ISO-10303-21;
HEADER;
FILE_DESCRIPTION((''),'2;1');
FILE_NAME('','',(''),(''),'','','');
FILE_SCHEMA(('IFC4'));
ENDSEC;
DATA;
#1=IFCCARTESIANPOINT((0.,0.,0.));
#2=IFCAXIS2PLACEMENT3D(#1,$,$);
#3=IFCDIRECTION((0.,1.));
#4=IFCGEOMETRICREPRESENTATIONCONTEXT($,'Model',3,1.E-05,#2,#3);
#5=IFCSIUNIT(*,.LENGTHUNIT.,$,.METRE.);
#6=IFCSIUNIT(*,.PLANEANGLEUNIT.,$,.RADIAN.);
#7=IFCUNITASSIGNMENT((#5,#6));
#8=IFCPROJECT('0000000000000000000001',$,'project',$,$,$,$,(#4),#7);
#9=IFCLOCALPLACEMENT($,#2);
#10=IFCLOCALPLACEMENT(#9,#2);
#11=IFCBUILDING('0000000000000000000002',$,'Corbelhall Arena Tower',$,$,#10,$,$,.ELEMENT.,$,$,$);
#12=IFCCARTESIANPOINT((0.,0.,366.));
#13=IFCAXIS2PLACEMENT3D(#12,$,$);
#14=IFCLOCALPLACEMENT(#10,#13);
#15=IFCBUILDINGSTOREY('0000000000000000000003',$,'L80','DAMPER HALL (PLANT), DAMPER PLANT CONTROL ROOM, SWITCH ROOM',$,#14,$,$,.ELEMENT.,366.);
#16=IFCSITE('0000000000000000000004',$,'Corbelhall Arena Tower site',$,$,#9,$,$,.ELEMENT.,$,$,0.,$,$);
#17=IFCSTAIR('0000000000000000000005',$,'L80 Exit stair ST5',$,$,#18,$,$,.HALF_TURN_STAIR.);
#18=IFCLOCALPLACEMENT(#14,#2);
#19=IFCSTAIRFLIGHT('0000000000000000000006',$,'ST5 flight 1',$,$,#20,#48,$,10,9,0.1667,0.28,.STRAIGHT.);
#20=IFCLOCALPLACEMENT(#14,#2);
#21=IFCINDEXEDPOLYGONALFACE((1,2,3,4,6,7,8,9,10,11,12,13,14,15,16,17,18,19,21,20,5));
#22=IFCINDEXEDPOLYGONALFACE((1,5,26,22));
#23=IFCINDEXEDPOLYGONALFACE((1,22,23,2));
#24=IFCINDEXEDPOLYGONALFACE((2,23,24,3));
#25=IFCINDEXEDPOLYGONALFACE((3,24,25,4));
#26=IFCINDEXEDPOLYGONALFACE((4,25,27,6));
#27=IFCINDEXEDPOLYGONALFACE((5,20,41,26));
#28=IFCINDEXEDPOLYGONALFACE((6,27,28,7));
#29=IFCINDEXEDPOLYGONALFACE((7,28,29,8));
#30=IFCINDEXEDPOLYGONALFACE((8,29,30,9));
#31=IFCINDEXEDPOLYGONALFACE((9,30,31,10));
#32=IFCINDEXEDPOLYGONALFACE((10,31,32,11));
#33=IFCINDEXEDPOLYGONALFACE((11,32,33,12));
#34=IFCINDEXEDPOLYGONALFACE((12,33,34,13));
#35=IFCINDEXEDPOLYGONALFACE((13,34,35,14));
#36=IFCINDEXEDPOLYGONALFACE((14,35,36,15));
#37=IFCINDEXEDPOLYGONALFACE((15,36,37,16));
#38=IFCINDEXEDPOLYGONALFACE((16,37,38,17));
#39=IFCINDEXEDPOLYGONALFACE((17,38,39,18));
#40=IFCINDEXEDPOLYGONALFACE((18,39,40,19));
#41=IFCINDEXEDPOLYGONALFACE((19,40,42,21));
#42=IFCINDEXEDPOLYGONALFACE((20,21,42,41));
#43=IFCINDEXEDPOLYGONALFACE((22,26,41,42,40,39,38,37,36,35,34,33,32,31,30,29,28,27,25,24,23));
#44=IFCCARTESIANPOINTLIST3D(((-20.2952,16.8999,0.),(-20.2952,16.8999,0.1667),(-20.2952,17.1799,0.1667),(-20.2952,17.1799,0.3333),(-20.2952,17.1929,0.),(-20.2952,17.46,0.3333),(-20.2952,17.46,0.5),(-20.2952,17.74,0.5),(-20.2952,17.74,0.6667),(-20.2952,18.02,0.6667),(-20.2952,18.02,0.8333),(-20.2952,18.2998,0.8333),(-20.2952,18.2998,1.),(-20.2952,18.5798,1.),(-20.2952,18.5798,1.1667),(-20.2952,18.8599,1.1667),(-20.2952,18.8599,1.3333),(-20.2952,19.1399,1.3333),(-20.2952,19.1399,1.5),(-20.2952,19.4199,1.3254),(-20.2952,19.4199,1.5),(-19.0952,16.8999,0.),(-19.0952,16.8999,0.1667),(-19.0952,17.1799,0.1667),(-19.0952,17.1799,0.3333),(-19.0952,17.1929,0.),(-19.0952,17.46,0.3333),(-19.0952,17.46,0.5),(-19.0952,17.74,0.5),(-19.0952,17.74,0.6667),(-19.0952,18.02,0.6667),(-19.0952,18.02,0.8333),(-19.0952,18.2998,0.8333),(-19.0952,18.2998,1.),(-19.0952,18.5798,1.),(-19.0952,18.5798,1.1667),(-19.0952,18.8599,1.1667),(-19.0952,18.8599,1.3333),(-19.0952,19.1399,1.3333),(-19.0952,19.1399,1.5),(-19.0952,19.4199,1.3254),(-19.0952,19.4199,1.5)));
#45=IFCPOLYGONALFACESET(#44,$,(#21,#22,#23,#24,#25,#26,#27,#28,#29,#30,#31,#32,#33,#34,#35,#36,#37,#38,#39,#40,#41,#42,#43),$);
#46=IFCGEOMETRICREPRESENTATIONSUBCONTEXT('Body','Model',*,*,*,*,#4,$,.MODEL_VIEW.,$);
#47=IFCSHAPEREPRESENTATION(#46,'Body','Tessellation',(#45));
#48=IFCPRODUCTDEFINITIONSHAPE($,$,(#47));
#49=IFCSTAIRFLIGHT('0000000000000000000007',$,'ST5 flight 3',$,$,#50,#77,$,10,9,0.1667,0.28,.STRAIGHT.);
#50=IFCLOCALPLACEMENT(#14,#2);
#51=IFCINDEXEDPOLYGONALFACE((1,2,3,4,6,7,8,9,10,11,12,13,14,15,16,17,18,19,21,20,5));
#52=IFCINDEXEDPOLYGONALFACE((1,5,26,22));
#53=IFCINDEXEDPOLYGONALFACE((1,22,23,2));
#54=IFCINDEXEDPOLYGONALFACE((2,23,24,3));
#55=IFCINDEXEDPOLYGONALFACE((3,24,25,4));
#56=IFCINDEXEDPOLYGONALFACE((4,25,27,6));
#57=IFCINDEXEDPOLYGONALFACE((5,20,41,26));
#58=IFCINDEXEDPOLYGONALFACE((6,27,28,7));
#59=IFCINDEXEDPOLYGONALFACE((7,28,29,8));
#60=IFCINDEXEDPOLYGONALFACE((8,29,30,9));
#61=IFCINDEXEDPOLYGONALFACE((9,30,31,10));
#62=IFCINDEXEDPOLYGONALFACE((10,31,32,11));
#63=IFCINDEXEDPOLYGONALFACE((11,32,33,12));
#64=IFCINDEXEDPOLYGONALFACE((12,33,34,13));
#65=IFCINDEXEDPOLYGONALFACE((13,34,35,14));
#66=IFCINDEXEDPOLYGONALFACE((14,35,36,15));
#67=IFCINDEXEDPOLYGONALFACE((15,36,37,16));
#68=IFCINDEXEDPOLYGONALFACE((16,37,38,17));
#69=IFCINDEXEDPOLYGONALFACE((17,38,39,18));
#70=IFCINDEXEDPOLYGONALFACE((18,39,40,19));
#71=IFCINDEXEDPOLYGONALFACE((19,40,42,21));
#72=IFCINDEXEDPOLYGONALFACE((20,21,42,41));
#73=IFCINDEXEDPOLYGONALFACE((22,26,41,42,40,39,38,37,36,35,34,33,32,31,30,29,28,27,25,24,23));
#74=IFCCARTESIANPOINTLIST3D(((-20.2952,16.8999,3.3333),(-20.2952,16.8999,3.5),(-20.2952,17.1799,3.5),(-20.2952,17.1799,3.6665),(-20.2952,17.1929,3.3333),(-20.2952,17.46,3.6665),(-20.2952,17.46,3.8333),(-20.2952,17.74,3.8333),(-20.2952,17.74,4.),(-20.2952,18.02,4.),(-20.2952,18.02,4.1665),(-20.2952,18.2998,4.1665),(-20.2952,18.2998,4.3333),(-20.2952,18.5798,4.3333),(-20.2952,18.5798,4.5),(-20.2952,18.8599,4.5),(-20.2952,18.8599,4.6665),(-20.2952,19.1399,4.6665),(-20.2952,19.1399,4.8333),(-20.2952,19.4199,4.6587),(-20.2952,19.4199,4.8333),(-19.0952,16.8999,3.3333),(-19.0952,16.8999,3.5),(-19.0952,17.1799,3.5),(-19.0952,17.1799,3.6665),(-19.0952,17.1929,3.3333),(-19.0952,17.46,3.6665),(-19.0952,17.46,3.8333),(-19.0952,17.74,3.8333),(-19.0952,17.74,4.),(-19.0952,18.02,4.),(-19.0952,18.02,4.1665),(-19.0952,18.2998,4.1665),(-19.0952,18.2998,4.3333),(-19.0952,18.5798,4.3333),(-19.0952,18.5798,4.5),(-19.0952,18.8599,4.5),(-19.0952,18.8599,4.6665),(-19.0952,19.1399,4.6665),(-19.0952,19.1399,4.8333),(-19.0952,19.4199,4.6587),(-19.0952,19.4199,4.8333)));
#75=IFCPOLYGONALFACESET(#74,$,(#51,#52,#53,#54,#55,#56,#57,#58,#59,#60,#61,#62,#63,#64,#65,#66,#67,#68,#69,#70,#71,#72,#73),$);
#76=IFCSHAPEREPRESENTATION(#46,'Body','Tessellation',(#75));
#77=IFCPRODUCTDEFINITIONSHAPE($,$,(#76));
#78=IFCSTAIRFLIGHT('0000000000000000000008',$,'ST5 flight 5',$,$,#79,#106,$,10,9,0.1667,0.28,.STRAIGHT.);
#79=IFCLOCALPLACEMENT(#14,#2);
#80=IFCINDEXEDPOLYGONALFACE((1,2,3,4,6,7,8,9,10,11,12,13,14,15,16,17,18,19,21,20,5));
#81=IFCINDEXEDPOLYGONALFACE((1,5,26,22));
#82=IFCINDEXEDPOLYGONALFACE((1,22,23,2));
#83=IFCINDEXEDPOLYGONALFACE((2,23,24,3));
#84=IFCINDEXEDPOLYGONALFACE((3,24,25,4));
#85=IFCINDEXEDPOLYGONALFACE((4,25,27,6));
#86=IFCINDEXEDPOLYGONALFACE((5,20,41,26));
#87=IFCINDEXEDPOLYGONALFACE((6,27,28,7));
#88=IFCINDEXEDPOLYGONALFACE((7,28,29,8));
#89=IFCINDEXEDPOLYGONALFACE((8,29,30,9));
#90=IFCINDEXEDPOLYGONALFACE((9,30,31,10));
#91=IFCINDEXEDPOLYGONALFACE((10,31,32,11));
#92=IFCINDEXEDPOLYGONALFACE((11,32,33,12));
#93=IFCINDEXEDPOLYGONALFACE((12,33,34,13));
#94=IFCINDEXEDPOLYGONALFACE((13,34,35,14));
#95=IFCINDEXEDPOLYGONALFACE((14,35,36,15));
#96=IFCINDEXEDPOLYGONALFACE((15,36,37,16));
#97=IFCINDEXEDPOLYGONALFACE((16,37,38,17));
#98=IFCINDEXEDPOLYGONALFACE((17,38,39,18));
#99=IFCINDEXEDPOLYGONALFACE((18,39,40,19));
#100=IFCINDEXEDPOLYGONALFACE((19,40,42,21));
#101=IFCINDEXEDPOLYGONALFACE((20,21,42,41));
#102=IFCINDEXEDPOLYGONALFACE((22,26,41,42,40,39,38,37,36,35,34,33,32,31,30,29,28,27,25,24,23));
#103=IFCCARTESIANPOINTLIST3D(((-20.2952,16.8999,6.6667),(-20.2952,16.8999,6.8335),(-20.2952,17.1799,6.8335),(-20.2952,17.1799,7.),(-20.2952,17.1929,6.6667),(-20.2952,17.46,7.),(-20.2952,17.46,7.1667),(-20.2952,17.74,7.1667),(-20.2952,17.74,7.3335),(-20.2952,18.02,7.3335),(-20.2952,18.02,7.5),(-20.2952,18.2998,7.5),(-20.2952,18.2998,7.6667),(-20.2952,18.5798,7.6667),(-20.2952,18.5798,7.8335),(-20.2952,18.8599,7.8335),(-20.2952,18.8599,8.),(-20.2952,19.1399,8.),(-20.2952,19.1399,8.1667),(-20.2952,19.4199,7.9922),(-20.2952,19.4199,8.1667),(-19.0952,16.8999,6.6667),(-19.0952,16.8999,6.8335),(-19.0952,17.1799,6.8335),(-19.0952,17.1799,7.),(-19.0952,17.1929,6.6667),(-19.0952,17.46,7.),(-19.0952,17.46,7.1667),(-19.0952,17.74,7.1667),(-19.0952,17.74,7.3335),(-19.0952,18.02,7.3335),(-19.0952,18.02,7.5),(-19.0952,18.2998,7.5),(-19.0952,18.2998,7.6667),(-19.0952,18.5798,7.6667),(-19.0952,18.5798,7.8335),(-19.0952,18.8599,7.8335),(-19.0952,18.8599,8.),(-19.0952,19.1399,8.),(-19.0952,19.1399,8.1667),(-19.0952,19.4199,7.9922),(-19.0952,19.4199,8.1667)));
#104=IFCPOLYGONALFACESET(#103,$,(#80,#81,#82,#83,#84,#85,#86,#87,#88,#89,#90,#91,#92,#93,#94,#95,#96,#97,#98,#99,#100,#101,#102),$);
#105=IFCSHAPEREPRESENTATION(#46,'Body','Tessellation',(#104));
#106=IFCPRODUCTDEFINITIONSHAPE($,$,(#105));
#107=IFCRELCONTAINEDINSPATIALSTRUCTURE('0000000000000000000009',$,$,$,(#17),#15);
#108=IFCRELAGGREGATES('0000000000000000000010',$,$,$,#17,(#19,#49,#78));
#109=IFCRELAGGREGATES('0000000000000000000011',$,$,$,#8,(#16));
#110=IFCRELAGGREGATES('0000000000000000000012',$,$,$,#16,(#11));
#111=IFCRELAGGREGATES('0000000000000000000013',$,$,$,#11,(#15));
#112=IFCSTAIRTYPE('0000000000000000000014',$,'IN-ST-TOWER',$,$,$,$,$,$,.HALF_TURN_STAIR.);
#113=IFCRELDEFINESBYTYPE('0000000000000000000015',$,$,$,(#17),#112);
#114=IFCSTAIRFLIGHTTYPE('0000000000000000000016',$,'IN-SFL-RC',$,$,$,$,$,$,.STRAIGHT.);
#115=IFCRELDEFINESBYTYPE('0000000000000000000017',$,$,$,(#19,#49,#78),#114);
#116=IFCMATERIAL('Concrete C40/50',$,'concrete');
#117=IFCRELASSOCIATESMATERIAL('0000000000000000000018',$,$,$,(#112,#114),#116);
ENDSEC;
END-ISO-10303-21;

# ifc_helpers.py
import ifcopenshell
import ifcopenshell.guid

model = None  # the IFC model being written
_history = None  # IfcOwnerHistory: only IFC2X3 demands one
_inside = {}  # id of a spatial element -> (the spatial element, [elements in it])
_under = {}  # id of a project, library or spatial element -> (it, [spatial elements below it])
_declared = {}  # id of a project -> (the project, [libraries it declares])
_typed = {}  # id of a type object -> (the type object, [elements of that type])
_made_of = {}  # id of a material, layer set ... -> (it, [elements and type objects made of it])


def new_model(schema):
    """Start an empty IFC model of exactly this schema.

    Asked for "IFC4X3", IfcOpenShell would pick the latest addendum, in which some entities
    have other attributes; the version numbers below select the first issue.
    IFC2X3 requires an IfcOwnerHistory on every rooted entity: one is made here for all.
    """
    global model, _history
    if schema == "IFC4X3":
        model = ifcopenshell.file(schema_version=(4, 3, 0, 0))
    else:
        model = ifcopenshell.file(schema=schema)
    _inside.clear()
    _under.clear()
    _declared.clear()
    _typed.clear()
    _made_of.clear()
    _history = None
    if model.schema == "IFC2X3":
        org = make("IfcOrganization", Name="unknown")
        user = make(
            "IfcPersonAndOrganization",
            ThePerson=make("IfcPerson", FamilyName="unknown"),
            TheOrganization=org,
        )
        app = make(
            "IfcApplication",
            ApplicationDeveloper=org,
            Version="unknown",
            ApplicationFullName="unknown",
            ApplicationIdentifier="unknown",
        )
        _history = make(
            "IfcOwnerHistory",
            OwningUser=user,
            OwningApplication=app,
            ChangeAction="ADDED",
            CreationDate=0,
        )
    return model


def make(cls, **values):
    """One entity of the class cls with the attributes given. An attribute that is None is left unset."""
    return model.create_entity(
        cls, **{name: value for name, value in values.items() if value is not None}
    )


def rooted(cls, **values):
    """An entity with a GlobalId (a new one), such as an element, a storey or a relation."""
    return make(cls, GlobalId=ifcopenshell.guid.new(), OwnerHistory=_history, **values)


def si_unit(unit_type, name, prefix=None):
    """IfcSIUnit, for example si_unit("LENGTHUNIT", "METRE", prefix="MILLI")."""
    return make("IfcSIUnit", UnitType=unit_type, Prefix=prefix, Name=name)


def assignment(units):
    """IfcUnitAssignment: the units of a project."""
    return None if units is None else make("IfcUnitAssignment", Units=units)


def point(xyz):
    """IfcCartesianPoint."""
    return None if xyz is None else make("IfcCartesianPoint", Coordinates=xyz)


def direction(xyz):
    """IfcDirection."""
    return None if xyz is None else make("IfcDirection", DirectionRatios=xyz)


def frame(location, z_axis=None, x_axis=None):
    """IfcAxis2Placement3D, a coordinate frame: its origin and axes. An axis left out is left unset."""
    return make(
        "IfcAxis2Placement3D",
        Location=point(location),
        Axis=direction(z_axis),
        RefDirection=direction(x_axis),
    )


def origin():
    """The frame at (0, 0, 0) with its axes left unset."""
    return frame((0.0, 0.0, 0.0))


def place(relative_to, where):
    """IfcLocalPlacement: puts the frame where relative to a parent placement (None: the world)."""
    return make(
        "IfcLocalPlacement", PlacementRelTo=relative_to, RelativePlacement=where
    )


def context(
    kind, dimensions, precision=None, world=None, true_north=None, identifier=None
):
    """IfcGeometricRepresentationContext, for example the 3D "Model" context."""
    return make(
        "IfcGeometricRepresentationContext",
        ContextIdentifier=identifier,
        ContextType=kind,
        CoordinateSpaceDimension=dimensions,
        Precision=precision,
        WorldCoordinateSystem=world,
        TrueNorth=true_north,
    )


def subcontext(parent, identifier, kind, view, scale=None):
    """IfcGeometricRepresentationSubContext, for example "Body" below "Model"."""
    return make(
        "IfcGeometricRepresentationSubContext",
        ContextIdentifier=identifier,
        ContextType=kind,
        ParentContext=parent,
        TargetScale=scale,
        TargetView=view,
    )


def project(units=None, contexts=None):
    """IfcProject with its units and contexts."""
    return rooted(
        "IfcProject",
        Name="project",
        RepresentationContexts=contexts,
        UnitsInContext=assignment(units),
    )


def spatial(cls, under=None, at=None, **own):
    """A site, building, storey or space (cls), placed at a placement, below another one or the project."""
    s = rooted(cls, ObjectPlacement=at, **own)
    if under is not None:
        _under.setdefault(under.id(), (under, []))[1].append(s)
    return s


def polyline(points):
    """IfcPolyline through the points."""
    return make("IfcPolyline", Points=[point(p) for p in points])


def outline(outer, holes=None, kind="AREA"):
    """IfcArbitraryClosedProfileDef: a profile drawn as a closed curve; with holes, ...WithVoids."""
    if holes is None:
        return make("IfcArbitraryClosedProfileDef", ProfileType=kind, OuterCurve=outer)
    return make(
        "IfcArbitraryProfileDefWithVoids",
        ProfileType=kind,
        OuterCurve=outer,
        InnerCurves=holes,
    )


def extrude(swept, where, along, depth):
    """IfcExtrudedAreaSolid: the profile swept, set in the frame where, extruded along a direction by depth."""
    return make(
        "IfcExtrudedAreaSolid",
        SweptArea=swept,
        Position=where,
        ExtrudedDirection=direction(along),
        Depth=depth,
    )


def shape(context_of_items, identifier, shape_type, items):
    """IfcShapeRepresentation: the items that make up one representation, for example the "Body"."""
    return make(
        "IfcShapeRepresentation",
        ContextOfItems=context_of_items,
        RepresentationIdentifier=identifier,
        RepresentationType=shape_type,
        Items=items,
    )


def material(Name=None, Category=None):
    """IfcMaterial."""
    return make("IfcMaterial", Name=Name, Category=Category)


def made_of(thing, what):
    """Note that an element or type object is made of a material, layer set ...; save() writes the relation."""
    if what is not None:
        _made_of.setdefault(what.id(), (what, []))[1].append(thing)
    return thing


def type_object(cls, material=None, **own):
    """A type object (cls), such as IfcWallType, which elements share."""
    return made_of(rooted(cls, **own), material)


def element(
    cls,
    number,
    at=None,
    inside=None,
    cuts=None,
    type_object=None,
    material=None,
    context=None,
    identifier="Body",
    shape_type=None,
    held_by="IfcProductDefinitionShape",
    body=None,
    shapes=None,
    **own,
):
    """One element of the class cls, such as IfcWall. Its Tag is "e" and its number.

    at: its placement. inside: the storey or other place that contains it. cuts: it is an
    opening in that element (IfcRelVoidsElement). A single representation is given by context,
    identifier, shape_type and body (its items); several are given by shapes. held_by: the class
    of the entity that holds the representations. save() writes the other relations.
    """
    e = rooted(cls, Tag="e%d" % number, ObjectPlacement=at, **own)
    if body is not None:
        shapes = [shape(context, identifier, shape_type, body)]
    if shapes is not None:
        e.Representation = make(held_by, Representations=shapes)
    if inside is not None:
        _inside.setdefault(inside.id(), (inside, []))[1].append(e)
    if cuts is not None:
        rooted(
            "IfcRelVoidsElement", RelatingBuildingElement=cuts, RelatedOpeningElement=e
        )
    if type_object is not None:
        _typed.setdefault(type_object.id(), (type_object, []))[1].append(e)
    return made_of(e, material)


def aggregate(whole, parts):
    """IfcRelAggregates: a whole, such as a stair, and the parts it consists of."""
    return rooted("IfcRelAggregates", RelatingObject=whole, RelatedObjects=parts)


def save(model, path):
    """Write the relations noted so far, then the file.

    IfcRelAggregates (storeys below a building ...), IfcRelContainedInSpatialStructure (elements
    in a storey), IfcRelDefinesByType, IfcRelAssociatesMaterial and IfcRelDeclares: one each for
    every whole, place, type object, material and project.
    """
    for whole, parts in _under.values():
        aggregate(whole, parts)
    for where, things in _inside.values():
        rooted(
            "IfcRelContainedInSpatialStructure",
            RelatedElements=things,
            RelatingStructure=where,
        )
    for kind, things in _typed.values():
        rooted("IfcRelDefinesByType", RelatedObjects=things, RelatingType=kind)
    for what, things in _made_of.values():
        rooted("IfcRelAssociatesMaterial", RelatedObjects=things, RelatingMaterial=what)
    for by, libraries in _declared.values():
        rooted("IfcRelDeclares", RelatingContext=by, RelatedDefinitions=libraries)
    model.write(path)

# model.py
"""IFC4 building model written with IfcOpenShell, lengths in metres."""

from ifc_helpers import new_model, si_unit, direction, frame, origin, place, context, subcontext, project, spatial, polyline, outline, extrude, material, type_object, element, aggregate, save


model = new_model("IFC4")

# Units and contexts
model_context = context("Model", 3, precision=1e-05, world=origin(), true_north=direction((0.0, 1.0)))
body_context = subcontext(model_context, "Body", "Model", "MODEL_VIEW")
ifc_project = project(units=[si_unit("LENGTHUNIT", "METRE"), si_unit("PLANEANGLEUNIT", "RADIAN")], contexts=[model_context])

# Site, building, storey
site_placement = place(None, origin())
site = spatial("IfcSite", under=ifc_project, at=site_placement, Name="Corbelhall Arena Tower site", CompositionType="ELEMENT", RefElevation=0.0)
building_placement = place(site_placement, origin())
building = spatial("IfcBuilding", under=site, at=building_placement, Name="Corbelhall Arena Tower", CompositionType="ELEMENT")
storey_placement = place(building_placement, frame((0.0, 0.0, 366.0)))
storey = spatial("IfcBuildingStorey", under=building, at=storey_placement, Name="L80", Description="DAMPER HALL (PLANT), DAMPER PLANT CONTROL ROOM, SWITCH ROOM", CompositionType="ELEMENT", Elevation=366.0)

# Shared definitions
ifc_material_1 = material(Name="Concrete C40/50", Category="concrete")

# Stair, stair flights
stair_type = type_object("IfcStairType", Name="IN-ST-TOWER", PredefinedType="HALF_TURN_STAIR", material=ifc_material_1)
stair_placement = place(storey_placement, origin())
stair = element("IfcStair", 1, at=stair_placement, inside=storey, type_object=stair_type, Name="L80 Exit stair ST5", PredefinedType="HALF_TURN_STAIR")
stair_flight_type = type_object("IfcStairFlightType", Name="IN-SFL-RC", PredefinedType="STRAIGHT", material=ifc_material_1)
stair_flight_1_placement = place(storey_placement, frame((-19.6951, 16.8999, 0.0), z_axis=(0.0, 0.0, 1.0), x_axis=(0.0, 1.0, 0.0)))
stair_flight_1 = element("IfcStairFlight", 2, at=stair_flight_1_placement, type_object=stair_flight_type, Name="ST5 flight 1", NumberOfRisers=10, NumberOfTreads=9, PredefinedType="STRAIGHT", RiserHeight=0.1667, TreadLength=0.28, context=body_context, shape_type="SweptSolid", body=[
    extrude(outline(polyline([(0.0, 0.0), (0.0, 0.1667), (0.28, 0.1667), (0.28, 0.3333), (0.5601, 0.3333), (0.5601, 0.5), (0.8401, 0.5), (0.8401, 0.6667), (1.1201, 0.6667), (1.1201, 0.8333), (1.3999, 0.8333), (1.3999, 1.0), (1.6799, 1.0), (1.6799, 1.1667), (1.96, 1.1667), (1.96, 1.3333), (2.24, 1.3333), (2.24, 1.5), (2.52, 1.5), (2.52, 1.6667), (2.52, 1.3254), (0.293, 0.0), (0.0, 0.0)])), frame((0.0, 0.6001, 0.0), z_axis=(0.0, -1.0, 0.0), x_axis=(1.0, 0.0, 0.0)), (0.0, 0.0, 1.0), 1.2),
])
stair_flight_2_placement = place(storey_placement, frame((-19.6951, 16.8999, 3.3333), z_axis=(0.0, 0.0, 1.0), x_axis=(0.0, 1.0, 0.0)))
stair_flight_2 = element("IfcStairFlight", 3, at=stair_flight_2_placement, type_object=stair_flight_type, Name="ST5 flight 3", NumberOfRisers=10, NumberOfTreads=9, PredefinedType="STRAIGHT", RiserHeight=0.1667, TreadLength=0.28, context=body_context, shape_type="SweptSolid", body=[
    extrude(outline(polyline([(0.0, 0.0), (0.0, 0.1667), (0.28, 0.1667), (0.28, 0.3333), (0.5601, 0.3333), (0.5601, 0.5), (0.8401, 0.5), (0.8401, 0.6667), (1.1201, 0.6667), (1.1201, 0.8333), (1.3999, 0.8333), (1.3999, 1.0), (1.6799, 1.0), (1.6799, 1.1667), (1.96, 1.1667), (1.96, 1.3333), (2.24, 1.3333), (2.24, 1.5), (2.52, 1.5), (2.52, 1.6667), (2.52, 1.3254), (0.293, 0.0), (0.0, 0.0)])), frame((0.0, 0.6001, 0.0), z_axis=(0.0, -1.0, 0.0), x_axis=(1.0, 0.0, 0.0)), (0.0, 0.0, 1.0), 1.2),
])
stair_flight_3_placement = place(storey_placement, frame((-19.6951, 16.8999, 6.6667), z_axis=(0.0, 0.0, 1.0), x_axis=(0.0, 1.0, 0.0)))
stair_flight_3 = element("IfcStairFlight", 4, at=stair_flight_3_placement, type_object=stair_flight_type, Name="ST5 flight 5", NumberOfRisers=10, NumberOfTreads=9, PredefinedType="STRAIGHT", RiserHeight=0.1667, TreadLength=0.28, context=body_context, shape_type="SweptSolid", body=[
    extrude(outline(polyline([(0.0, 0.0), (0.0, 0.1667), (0.28, 0.1667), (0.28, 0.3333), (0.5601, 0.3333), (0.5601, 0.5), (0.8401, 0.5), (0.8401, 0.6667), (1.1201, 0.6667), (1.1201, 0.8333), (1.3999, 0.8333), (1.3999, 1.0), (1.6799, 1.0), (1.6799, 1.1667), (1.96, 1.1667), (1.96, 1.3333), (2.24, 1.3333), (2.24, 1.5), (2.52, 1.5), (2.52, 1.6667), (2.52, 1.3254), (0.293, 0.0), (0.0, 0.0)])), frame((0.0, 0.6001, 0.0), z_axis=(0.0, -1.0, 0.0), x_axis=(1.0, 0.0, 0.0)), (0.0, 0.0, 1.0), 1.2),
])
aggregate(stair, [stair_flight_1, stair_flight_2, stair_flight_3])

save(model, "model.ifc")
